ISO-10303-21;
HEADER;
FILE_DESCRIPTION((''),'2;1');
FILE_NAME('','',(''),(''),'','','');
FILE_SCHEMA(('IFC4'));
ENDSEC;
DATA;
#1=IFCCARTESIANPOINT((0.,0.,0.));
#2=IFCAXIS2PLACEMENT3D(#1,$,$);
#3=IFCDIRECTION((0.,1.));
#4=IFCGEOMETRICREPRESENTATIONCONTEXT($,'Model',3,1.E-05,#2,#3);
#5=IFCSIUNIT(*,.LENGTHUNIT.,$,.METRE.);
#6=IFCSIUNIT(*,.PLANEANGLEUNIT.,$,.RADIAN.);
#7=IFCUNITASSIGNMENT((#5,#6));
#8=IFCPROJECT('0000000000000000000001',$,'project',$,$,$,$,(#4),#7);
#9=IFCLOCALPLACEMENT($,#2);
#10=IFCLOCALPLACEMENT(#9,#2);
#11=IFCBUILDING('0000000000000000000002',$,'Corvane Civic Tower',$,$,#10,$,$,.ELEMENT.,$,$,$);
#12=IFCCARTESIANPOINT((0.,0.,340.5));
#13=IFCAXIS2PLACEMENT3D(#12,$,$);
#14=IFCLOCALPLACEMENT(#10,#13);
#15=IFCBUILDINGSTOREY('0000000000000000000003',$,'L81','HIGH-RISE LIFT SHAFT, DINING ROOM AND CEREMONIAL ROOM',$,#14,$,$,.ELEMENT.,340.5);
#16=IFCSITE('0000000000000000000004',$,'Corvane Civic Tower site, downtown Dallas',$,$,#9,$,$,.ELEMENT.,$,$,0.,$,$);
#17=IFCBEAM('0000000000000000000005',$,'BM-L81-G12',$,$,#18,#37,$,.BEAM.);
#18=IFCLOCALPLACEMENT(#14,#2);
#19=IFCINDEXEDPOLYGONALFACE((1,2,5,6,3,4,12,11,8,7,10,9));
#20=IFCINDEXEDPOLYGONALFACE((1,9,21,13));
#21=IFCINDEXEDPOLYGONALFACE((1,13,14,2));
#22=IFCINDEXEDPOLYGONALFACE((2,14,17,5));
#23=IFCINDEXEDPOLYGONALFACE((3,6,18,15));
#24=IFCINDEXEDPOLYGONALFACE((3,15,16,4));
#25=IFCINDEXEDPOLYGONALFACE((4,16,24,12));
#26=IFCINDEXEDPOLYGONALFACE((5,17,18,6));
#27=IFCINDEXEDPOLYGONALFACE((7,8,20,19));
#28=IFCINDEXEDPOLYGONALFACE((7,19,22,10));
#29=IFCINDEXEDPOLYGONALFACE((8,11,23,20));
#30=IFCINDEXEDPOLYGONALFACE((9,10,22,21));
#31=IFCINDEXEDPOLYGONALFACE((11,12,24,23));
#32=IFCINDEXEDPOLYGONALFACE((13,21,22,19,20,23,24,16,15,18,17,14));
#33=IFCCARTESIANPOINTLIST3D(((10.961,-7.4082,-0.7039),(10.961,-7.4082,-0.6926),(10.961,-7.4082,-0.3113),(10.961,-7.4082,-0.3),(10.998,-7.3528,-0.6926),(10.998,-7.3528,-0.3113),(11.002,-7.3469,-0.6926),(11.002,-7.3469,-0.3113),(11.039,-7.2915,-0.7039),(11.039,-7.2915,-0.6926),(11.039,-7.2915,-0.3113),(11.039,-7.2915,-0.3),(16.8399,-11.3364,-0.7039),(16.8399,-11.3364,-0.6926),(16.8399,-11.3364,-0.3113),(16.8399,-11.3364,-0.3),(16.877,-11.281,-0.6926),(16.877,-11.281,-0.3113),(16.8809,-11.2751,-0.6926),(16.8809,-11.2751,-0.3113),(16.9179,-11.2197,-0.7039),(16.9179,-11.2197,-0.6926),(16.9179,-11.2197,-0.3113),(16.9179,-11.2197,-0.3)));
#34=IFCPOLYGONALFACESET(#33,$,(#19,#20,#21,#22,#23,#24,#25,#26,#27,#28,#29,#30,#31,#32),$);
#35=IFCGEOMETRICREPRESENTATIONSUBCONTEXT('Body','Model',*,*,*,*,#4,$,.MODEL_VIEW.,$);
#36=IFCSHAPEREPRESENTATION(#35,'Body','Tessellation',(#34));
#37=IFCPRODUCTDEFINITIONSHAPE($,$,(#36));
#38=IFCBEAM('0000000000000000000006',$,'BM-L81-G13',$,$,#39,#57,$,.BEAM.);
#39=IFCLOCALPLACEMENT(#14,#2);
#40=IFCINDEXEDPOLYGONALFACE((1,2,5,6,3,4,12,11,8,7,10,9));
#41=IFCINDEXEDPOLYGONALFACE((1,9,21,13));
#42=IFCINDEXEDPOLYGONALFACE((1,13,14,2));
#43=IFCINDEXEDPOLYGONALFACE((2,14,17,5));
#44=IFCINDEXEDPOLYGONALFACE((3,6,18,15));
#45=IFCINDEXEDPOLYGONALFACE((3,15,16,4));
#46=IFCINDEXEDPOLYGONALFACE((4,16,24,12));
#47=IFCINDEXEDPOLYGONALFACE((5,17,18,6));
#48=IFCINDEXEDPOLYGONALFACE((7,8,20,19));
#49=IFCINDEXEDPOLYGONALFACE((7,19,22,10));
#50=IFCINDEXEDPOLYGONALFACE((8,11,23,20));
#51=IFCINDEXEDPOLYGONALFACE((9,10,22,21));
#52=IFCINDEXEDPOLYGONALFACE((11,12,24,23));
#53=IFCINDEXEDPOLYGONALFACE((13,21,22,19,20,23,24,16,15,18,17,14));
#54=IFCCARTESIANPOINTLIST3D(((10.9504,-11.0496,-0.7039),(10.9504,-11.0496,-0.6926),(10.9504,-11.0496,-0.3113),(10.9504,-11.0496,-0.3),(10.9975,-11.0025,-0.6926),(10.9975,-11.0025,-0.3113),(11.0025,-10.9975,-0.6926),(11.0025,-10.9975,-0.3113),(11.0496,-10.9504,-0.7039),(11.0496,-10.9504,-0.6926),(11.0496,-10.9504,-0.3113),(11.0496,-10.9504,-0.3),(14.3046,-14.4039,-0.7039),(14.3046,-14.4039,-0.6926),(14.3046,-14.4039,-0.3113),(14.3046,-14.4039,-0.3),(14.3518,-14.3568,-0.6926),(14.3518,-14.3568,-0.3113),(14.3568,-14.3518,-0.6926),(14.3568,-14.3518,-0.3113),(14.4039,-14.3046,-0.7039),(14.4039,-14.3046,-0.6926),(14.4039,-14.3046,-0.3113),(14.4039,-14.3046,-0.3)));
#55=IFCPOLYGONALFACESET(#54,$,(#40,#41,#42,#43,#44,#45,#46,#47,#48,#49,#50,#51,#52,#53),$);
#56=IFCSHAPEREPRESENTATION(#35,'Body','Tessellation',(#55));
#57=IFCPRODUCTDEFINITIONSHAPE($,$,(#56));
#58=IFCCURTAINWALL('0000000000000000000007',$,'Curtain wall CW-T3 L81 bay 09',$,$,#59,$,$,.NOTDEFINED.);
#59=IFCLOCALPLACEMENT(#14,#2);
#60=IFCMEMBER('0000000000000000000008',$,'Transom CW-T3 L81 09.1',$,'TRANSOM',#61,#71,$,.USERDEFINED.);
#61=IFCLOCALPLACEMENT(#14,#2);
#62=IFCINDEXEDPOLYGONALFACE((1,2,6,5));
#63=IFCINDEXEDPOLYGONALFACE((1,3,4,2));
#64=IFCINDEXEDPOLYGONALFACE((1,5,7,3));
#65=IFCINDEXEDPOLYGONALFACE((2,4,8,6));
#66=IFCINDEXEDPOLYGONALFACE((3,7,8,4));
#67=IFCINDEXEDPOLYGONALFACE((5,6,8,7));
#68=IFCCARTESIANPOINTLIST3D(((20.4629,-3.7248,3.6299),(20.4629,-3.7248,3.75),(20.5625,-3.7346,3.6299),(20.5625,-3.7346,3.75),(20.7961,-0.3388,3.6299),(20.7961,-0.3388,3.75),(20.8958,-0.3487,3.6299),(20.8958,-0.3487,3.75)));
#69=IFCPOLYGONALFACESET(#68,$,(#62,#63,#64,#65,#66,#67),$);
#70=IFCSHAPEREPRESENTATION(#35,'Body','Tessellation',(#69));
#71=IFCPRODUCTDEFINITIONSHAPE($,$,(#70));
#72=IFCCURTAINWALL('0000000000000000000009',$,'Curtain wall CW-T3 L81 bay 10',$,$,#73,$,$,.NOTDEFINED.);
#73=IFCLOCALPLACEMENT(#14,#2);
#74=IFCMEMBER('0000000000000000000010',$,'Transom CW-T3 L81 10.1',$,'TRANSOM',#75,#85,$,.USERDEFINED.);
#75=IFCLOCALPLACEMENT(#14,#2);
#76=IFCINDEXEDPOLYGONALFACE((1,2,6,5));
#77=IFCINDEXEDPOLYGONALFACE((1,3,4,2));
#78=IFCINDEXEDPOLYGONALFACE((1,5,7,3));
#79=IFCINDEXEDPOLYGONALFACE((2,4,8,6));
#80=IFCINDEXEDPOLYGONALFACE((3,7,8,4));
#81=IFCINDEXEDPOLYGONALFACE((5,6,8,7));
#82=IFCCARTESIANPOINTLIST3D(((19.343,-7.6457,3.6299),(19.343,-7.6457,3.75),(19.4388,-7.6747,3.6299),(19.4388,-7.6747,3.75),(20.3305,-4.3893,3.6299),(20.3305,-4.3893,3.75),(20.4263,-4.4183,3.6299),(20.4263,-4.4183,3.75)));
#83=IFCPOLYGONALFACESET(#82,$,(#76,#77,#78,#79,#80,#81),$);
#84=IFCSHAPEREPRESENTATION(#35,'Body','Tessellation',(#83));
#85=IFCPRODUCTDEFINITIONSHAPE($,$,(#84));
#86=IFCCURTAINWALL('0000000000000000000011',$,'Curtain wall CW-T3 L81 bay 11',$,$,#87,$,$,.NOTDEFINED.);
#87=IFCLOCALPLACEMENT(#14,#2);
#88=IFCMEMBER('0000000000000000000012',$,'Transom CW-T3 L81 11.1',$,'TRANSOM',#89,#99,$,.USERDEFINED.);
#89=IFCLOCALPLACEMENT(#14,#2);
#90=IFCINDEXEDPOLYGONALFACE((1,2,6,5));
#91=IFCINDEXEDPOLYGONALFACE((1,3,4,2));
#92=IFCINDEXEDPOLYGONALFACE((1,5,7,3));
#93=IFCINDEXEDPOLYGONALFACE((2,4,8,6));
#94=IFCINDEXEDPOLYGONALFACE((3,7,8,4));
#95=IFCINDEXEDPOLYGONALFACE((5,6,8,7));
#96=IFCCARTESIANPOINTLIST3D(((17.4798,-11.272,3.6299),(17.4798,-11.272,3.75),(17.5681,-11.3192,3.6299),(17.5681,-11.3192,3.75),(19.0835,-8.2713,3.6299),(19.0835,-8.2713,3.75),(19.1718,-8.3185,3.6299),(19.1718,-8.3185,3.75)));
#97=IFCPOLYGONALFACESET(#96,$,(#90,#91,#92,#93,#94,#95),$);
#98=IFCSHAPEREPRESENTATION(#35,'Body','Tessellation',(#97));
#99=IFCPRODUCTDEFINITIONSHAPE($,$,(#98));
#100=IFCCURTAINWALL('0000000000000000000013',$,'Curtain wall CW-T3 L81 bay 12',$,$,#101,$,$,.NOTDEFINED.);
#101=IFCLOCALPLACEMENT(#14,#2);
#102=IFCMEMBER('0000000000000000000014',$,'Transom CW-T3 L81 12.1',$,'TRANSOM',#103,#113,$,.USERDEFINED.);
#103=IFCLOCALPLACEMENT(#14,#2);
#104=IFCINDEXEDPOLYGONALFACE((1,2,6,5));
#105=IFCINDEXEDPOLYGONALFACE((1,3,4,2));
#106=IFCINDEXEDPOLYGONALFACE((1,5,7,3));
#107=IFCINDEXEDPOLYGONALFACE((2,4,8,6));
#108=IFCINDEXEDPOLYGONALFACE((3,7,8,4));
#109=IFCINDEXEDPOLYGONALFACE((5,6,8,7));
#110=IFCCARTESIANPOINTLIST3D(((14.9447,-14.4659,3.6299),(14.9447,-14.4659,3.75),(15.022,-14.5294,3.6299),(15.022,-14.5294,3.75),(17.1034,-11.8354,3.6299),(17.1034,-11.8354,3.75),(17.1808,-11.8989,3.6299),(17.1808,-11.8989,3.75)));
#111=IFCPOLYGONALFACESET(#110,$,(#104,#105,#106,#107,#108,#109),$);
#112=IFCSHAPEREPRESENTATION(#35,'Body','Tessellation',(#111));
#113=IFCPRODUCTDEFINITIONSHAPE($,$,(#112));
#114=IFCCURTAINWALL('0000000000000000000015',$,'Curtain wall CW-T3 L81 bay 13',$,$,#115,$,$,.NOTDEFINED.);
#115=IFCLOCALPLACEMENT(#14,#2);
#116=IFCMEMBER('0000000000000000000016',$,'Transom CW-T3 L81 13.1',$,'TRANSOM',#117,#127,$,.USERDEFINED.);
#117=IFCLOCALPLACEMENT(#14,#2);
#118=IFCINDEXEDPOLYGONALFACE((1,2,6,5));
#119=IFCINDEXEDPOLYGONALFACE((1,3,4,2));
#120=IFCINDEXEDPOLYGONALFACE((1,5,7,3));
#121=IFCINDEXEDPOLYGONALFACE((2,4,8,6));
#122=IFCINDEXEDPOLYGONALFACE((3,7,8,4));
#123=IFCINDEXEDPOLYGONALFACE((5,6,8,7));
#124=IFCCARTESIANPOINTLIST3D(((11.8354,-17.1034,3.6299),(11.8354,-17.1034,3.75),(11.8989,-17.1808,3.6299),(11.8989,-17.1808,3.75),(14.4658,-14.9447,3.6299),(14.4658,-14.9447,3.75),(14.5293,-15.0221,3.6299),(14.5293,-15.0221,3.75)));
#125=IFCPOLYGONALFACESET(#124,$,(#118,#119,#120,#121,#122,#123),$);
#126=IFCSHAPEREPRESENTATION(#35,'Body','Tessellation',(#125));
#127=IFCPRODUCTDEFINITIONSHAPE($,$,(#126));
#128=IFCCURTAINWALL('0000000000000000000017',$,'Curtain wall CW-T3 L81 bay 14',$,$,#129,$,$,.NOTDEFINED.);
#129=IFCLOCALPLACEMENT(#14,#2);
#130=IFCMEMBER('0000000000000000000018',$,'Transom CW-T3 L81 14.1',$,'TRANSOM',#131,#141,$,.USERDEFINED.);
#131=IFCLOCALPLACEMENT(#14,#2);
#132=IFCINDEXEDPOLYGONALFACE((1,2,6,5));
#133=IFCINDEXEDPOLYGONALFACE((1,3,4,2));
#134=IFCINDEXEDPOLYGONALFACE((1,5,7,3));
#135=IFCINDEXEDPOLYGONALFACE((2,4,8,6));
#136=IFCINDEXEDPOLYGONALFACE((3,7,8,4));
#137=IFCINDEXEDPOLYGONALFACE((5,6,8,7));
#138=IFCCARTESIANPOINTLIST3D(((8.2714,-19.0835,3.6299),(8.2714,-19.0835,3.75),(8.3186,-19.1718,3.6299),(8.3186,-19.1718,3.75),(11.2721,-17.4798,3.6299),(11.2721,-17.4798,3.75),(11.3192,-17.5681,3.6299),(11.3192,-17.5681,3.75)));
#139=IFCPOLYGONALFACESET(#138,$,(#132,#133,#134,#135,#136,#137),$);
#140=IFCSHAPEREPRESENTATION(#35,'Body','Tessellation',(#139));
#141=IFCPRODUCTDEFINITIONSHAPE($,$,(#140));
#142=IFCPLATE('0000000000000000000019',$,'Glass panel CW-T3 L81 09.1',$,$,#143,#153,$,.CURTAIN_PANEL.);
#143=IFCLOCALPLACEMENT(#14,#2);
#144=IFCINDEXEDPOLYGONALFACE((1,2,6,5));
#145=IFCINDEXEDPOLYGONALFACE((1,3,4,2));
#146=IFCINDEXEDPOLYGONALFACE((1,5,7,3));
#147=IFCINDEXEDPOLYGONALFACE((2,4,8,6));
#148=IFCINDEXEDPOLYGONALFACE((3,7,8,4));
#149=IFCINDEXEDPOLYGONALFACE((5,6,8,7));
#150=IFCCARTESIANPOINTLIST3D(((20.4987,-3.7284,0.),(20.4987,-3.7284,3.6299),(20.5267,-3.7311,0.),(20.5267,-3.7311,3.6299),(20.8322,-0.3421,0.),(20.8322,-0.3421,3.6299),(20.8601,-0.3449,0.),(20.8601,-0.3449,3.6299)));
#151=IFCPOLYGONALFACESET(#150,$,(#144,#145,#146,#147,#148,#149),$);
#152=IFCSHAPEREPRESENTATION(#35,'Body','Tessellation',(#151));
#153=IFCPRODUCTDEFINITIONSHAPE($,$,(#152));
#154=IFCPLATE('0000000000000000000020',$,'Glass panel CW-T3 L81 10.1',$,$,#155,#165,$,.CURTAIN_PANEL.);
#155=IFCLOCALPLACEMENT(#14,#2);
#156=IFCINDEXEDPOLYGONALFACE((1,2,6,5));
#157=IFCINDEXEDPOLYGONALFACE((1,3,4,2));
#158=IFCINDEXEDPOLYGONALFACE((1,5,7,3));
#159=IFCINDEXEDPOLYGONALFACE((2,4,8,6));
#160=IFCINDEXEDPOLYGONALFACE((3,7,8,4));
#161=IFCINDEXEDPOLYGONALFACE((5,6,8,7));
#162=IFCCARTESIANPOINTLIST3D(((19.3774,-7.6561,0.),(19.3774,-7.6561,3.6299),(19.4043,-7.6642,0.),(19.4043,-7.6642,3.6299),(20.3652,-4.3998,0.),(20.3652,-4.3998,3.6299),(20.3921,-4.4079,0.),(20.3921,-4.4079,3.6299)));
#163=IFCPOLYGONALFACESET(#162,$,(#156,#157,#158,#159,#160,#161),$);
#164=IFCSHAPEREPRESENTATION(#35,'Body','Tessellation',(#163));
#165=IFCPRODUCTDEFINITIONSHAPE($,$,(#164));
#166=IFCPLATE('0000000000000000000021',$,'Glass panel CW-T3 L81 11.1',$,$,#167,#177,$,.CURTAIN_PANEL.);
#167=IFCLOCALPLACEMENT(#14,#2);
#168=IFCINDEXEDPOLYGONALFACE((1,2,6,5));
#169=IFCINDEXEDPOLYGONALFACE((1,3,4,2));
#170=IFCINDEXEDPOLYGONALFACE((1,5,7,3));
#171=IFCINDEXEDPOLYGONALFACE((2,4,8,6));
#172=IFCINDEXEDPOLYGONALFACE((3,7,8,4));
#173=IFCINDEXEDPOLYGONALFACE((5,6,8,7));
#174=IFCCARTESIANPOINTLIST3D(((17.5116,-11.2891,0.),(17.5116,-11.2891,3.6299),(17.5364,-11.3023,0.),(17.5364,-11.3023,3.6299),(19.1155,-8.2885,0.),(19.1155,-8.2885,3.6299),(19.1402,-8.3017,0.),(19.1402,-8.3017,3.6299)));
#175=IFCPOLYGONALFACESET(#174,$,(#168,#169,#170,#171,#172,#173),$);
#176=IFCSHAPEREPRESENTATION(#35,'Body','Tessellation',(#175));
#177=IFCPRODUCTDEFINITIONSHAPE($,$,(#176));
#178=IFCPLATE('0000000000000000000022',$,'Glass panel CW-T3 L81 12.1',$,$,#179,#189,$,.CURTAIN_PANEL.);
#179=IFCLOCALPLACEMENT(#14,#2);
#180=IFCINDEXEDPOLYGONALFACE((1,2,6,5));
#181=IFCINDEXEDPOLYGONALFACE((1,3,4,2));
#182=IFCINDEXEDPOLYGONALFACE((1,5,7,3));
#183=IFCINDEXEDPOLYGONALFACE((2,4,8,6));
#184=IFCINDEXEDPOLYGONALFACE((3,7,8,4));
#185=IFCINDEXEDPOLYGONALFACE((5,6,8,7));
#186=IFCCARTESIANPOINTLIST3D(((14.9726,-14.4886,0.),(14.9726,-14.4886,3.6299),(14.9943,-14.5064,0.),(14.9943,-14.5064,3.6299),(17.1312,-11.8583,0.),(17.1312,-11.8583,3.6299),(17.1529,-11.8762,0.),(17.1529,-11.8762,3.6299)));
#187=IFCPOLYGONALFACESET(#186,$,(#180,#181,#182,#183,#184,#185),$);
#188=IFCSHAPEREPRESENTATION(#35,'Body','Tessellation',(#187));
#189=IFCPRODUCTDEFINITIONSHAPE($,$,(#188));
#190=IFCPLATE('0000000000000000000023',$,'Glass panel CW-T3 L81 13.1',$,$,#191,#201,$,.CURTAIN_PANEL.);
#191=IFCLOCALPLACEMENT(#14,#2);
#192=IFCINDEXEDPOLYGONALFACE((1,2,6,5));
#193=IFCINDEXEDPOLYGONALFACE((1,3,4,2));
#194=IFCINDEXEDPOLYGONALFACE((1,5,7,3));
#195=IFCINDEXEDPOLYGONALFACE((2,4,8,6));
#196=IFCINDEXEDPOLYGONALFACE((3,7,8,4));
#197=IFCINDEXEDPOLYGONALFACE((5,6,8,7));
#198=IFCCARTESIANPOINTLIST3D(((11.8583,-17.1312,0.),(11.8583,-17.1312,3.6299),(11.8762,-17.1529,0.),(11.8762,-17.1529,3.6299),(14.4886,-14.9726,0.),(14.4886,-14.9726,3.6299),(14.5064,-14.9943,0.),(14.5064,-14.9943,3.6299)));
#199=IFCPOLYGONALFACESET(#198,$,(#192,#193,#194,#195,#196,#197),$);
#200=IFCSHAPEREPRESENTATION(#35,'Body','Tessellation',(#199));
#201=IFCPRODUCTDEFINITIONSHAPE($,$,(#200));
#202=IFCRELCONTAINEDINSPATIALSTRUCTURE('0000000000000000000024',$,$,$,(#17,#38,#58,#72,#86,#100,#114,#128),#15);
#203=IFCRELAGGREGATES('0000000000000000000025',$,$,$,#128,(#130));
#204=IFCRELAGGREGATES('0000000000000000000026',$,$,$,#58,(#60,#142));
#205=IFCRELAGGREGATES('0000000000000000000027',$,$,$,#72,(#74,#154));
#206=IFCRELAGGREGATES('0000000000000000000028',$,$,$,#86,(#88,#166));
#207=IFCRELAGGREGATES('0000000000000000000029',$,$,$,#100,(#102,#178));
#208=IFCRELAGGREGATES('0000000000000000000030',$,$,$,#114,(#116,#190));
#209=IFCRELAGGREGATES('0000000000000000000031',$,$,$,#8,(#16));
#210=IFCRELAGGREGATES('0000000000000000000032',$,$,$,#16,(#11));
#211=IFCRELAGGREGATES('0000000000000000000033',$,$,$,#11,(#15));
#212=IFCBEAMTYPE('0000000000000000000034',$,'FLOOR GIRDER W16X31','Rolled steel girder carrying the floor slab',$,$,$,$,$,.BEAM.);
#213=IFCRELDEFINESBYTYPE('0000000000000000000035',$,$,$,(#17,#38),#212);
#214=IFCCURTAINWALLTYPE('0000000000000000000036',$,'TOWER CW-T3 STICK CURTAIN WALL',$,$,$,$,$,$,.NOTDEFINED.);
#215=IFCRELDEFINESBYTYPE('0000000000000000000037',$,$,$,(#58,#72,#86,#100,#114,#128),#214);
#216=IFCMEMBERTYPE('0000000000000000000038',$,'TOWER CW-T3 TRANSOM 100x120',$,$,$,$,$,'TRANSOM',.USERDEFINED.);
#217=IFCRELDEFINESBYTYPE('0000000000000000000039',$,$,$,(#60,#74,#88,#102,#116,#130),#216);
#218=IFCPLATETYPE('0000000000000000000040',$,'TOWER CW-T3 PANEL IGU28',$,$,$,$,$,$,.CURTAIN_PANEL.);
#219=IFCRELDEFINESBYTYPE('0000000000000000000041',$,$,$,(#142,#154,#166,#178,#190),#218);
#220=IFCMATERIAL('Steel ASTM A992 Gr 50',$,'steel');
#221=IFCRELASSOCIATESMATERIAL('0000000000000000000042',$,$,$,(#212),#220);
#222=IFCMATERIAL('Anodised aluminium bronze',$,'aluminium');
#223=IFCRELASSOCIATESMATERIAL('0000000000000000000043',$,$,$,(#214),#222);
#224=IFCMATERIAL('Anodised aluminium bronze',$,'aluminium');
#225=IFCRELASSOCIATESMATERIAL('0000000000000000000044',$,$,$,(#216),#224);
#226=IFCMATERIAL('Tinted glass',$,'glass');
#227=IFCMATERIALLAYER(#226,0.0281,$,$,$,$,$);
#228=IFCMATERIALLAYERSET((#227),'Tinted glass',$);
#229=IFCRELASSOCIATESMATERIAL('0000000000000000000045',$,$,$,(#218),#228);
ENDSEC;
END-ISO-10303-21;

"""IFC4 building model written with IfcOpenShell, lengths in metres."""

from ifc_helpers import new_model, si_unit, direction, frame, origin, origin_2d, place, context, subcontext, project, spatial, rectangle, i_section, extrude, material, layer, layer_set, material_profile, profile_set, type_object, element, aggregate, save


model = new_model("IFC4")

# Units and contexts
model_context = context("Model", 3, precision=1e-05, world=origin(), true_north=direction((0.0, 1.0)))
body_context = subcontext(model_context, "Body", "Model", "MODEL_VIEW")
ifc_project = project(units=[si_unit("LENGTHUNIT", "METRE"), si_unit("PLANEANGLEUNIT", "RADIAN")], contexts=[model_context])

# Site, building, storey
site_placement = place(None, origin())
site = spatial("IfcSite", under=ifc_project, at=site_placement, Name="Corvane Civic Tower site, downtown Dallas", CompositionType="ELEMENT", RefElevation=0.0)
building_placement = place(site_placement, origin())
building = spatial("IfcBuilding", under=site, at=building_placement, Name="Corvane Civic Tower", CompositionType="ELEMENT")
storey_placement = place(building_placement, frame((0.0, 0.0, 340.5)))
storey = spatial("IfcBuildingStorey", under=building, at=storey_placement, Name="L81", Description="HIGH-RISE LIFT SHAFT, DINING ROOM AND CEREMONIAL ROOM", CompositionType="ELEMENT", Elevation=340.5)

# Beams
ifc_material_1 = material(Name="Steel ASTM A992 Gr 50", Category="steel")
ifc_material_profile_1 = material_profile(ifc_material_1, i_section(OverallWidth=0.1404, OverallDepth=0.4038, WebThickness=0.0071, FlangeThickness=0.0112, at=origin_2d()), Name="W16X31")
ifc_profile_set_1 = profile_set([ifc_material_profile_1], Name="Steel ASTM A992 Gr 50")
beam_type_1 = type_object("IfcBeamType", Name="FLOOR GIRDER W16X31", Description="Rolled steel girder carrying the floor slab", PredefinedType="BEAM", material=ifc_profile_set_1)
beam_1_placement = place(storey_placement, frame((11.0, -7.3499, -0.502), z_axis=(0.831465, -0.555576, 0.0), x_axis=(0.555576, 0.831465, 0.0)))
element("IfcBeam", 1, at=beam_1_placement, inside=storey, type_object=beam_type_1, Name="BM-L81-G12", PredefinedType="BEAM", context=body_context, shape_type="SweptSolid", body=[
    extrude(i_section(OverallWidth=0.1404, OverallDepth=0.4038, WebThickness=0.0071, FlangeThickness=0.0112, at=origin_2d()), origin(), (0.0, 0.0, 1.0), 7.0706),
])
beam_2_placement = place(storey_placement, frame((11.0, -11.0, -0.502), z_axis=(0.707107, -0.707107, 0.0), x_axis=(0.707107, 0.707107, 0.0)))
element("IfcBeam", 2, at=beam_2_placement, inside=storey, type_object=beam_type_1, Name="BM-L81-G13", PredefinedType="BEAM", context=body_context, shape_type="SweptSolid", body=[
    extrude(i_section(OverallWidth=0.1404, OverallDepth=0.4038, WebThickness=0.0071, FlangeThickness=0.0112, at=origin_2d()), origin(), (0.0, 0.0, 1.0), 4.7437),
])

# Curtain walls, members
ifc_material_2 = material(Name="Anodised aluminium bronze", Category="aluminium")
curtain_wall_type = type_object("IfcCurtainWallType", Name="TOWER CW-T3 STICK CURTAIN WALL", PredefinedType="NOTDEFINED", material=ifc_material_2)
curtain_wall_1_placement = place(storey_placement, origin())
curtain_wall_1 = element("IfcCurtainWall", 3, at=curtain_wall_1_placement, inside=storey, type_object=curtain_wall_type, Name="Curtain wall CW-T3 L81 bay 09", PredefinedType="NOTDEFINED")
ifc_material_3 = material(Name="Anodised aluminium bronze", Category="aluminium")
ifc_material_profile_2 = material_profile(ifc_material_3, rectangle(XDim=0.1001, YDim=0.1201, at=origin_2d()), Name="TOWER CW-T3 TRANSOM 100x120")
ifc_profile_set_2 = profile_set([ifc_material_profile_2], Name="Anodised aluminium bronze")
member_type = type_object("IfcMemberType", Name="TOWER CW-T3 TRANSOM 100x120", ElementType="TRANSOM", PredefinedType="USERDEFINED", material=ifc_profile_set_2)
member_1_placement = place(storey_placement, frame((20.8459, -0.3438, 3.6899), z_axis=(-0.097948, -0.995192, 0.0), x_axis=(0.995192, -0.097948, 0.0)))
member_1 = element("IfcMember", 4, at=member_1_placement, type_object=member_type, Name="Transom CW-T3 L81 09.1", ObjectType="TRANSOM", PredefinedType="USERDEFINED", context=body_context, shape_type="SweptSolid", body=[
    extrude(rectangle(XDim=0.1001, YDim=0.1201, at=origin_2d()), origin(), (0.0, 0.0, 1.0), 3.4023),
])
curtain_wall_2_placement = place(storey_placement, origin())
curtain_wall_2 = element("IfcCurtainWall", 5, at=curtain_wall_2_placement, inside=storey, type_object=curtain_wall_type, Name="Curtain wall CW-T3 L81 bay 10", PredefinedType="NOTDEFINED")
member_2_placement = place(storey_placement, frame((20.3784, -4.4038, 3.6899), z_axis=(-0.290216, -0.956961, 0.0), x_axis=(0.956961, -0.290216, 0.0)))
member_2 = element("IfcMember", 6, at=member_2_placement, type_object=member_type, Name="Transom CW-T3 L81 10.1", ObjectType="TRANSOM", PredefinedType="USERDEFINED", context=body_context, shape_type="SweptSolid", body=[
    extrude(rectangle(XDim=0.1001, YDim=0.1201, at=origin_2d()), origin(), (0.0, 0.0, 1.0), 3.4028),
])
curtain_wall_3_placement = place(storey_placement, origin())
curtain_wall_3 = element("IfcCurtainWall", 7, at=curtain_wall_3_placement, inside=storey, type_object=curtain_wall_type, Name="Curtain wall CW-T3 L81 bay 11", PredefinedType="NOTDEFINED")
member_3_placement = place(storey_placement, frame((19.1277, -8.2949, 3.6899), z_axis=(-0.471359, -0.881941, 0.0), x_axis=(0.881941, -0.471359, 0.0)))
member_3 = element("IfcMember", 8, at=member_3_placement, type_object=member_type, Name="Transom CW-T3 L81 11.1", ObjectType="TRANSOM", PredefinedType="USERDEFINED", context=body_context, shape_type="SweptSolid", body=[
    extrude(rectangle(XDim=0.1001, YDim=0.1201, at=origin_2d()), origin(), (0.0, 0.0, 1.0), 3.4023),
])
curtain_wall_4_placement = place(storey_placement, origin())
curtain_wall_4 = element("IfcCurtainWall", 9, at=curtain_wall_4_placement, inside=storey, type_object=curtain_wall_type, Name="Curtain wall CW-T3 L81 bay 12", PredefinedType="NOTDEFINED")
member_4_placement = place(storey_placement, frame((17.1421, -11.8672, 3.6899), z_axis=(-0.634394, -0.77301, 0.0), x_axis=(0.77301, -0.634394, 0.0)))
member_4 = element("IfcMember", 10, at=member_4_placement, type_object=member_type, Name="Transom CW-T3 L81 12.1", ObjectType="TRANSOM", PredefinedType="USERDEFINED", context=body_context, shape_type="SweptSolid", body=[
    extrude(rectangle(XDim=0.1001, YDim=0.1201, at=origin_2d()), origin(), (0.0, 0.0, 1.0), 3.4028),
])
curtain_wall_5_placement = place(storey_placement, origin())
curtain_wall_5 = element("IfcCurtainWall", 11, at=curtain_wall_5_placement, inside=storey, type_object=curtain_wall_type, Name="Curtain wall CW-T3 L81 bay 13", PredefinedType="NOTDEFINED")
member_5_placement = place(storey_placement, frame((14.4976, -14.9834, 3.6899), z_axis=(-0.77301, -0.634394, 0.0), x_axis=(0.634394, -0.77301, 0.0)))
member_5 = element("IfcMember", 12, at=member_5_placement, type_object=member_type, Name="Transom CW-T3 L81 13.1", ObjectType="TRANSOM", PredefinedType="USERDEFINED", context=body_context, shape_type="SweptSolid", body=[
    extrude(rectangle(XDim=0.1001, YDim=0.1201, at=origin_2d()), origin(), (0.0, 0.0, 1.0), 3.4028),
])
curtain_wall_6_placement = place(storey_placement, origin())
curtain_wall_6 = element("IfcCurtainWall", 13, at=curtain_wall_6_placement, inside=storey, type_object=curtain_wall_type, Name="Curtain wall CW-T3 L81 bay 14", PredefinedType="NOTDEFINED")
member_6_placement = place(storey_placement, frame((11.2957, -17.5239, 3.6899), z_axis=(-0.881941, -0.471359, 0.0), x_axis=(0.471359, -0.881941, 0.0)))
member_6 = element("IfcMember", 14, at=member_6_placement, type_object=member_type, Name="Transom CW-T3 L81 14.1", ObjectType="TRANSOM", PredefinedType="USERDEFINED", context=body_context, shape_type="SweptSolid", body=[
    extrude(rectangle(XDim=0.1001, YDim=0.1201, at=origin_2d()), origin(), (0.0, 0.0, 1.0), 3.4023),
])
aggregate(curtain_wall_6, [member_6])

# Plates
ifc_material_4 = material(Name="Tinted glass", Category="glass")
ifc_layer_1 = layer(ifc_material_4, 0.0281)
ifc_layer_set_1 = layer_set([ifc_layer_1], Name="Tinted glass")
plate_type = type_object("IfcPlateType", Name="TOWER CW-T3 PANEL IGU28", PredefinedType="CURTAIN_PANEL", material=ifc_layer_set_1)
plate_1_placement = place(storey_placement, frame((20.6794, -2.0366, 0.0), z_axis=(0.0, 0.0, 1.0), x_axis=(-0.097998, -0.995187, 0.0)))
plate_1 = element("IfcPlate", 15, at=plate_1_placement, type_object=plate_type, Name="Glass panel CW-T3 L81 09.1", PredefinedType="CURTAIN_PANEL", context=body_context, shape_type="SweptSolid", body=[
    extrude(rectangle(XDim=3.4026, YDim=0.0281, at=origin_2d()), origin(), (0.0, 0.0, 1.0), 3.6299),
])
aggregate(curtain_wall_1, [member_1, plate_1])
plate_2_placement = place(storey_placement, frame((19.8848, -6.032, 0.0), z_axis=(0.0, 0.0, 1.0), x_axis=(-0.29029, -0.956939, 0.0)))
plate_2 = element("IfcPlate", 16, at=plate_2_placement, type_object=plate_type, Name="Glass panel CW-T3 L81 10.1", PredefinedType="CURTAIN_PANEL", context=body_context, shape_type="SweptSolid", body=[
    extrude(rectangle(XDim=3.4028, YDim=0.0281, at=origin_2d()), origin(), (0.0, 0.0, 1.0), 3.6299),
])
aggregate(curtain_wall_2, [member_2, plate_2])
plate_3_placement = place(storey_placement, frame((18.3259, -9.7954, 0.0), z_axis=(0.0, 0.0, 1.0), x_axis=(-0.471384, -0.881928, 0.0)))
plate_3 = element("IfcPlate", 17, at=plate_3_placement, type_object=plate_type, Name="Glass panel CW-T3 L81 11.1", PredefinedType="CURTAIN_PANEL", context=body_context, shape_type="SweptSolid", body=[
    extrude(rectangle(XDim=3.4023, YDim=0.0281, at=origin_2d()), origin(), (0.0, 0.0, 1.0), 3.6299),
])
aggregate(curtain_wall_3, [member_3, plate_3])
plate_4_placement = place(storey_placement, frame((16.0627, -13.1824, 0.0), z_axis=(0.0, 0.0, 1.0), x_axis=(-0.634393, -0.77301, 0.0)))
plate_4 = element("IfcPlate", 18, at=plate_4_placement, type_object=plate_type, Name="Glass panel CW-T3 L81 12.1", PredefinedType="CURTAIN_PANEL", context=body_context, shape_type="SweptSolid", body=[
    extrude(rectangle(XDim=3.4026, YDim=0.0281, at=origin_2d()), origin(), (0.0, 0.0, 1.0), 3.6299),
])
aggregate(curtain_wall_4, [member_4, plate_4])
plate_5_placement = place(storey_placement, frame((13.1824, -16.0627, 0.0), z_axis=(0.0, 0.0, 1.0), x_axis=(-0.77301, -0.634393, 0.0)))
plate_5 = element("IfcPlate", 19, at=plate_5_placement, type_object=plate_type, Name="Glass panel CW-T3 L81 13.1", PredefinedType="CURTAIN_PANEL", context=body_context, shape_type="SweptSolid", body=[
    extrude(rectangle(XDim=3.4026, YDim=0.0281, at=origin_2d()), origin(), (0.0, 0.0, 1.0), 3.6299),
])
aggregate(curtain_wall_5, [member_5, plate_5])

save(model, "model.ifc")
